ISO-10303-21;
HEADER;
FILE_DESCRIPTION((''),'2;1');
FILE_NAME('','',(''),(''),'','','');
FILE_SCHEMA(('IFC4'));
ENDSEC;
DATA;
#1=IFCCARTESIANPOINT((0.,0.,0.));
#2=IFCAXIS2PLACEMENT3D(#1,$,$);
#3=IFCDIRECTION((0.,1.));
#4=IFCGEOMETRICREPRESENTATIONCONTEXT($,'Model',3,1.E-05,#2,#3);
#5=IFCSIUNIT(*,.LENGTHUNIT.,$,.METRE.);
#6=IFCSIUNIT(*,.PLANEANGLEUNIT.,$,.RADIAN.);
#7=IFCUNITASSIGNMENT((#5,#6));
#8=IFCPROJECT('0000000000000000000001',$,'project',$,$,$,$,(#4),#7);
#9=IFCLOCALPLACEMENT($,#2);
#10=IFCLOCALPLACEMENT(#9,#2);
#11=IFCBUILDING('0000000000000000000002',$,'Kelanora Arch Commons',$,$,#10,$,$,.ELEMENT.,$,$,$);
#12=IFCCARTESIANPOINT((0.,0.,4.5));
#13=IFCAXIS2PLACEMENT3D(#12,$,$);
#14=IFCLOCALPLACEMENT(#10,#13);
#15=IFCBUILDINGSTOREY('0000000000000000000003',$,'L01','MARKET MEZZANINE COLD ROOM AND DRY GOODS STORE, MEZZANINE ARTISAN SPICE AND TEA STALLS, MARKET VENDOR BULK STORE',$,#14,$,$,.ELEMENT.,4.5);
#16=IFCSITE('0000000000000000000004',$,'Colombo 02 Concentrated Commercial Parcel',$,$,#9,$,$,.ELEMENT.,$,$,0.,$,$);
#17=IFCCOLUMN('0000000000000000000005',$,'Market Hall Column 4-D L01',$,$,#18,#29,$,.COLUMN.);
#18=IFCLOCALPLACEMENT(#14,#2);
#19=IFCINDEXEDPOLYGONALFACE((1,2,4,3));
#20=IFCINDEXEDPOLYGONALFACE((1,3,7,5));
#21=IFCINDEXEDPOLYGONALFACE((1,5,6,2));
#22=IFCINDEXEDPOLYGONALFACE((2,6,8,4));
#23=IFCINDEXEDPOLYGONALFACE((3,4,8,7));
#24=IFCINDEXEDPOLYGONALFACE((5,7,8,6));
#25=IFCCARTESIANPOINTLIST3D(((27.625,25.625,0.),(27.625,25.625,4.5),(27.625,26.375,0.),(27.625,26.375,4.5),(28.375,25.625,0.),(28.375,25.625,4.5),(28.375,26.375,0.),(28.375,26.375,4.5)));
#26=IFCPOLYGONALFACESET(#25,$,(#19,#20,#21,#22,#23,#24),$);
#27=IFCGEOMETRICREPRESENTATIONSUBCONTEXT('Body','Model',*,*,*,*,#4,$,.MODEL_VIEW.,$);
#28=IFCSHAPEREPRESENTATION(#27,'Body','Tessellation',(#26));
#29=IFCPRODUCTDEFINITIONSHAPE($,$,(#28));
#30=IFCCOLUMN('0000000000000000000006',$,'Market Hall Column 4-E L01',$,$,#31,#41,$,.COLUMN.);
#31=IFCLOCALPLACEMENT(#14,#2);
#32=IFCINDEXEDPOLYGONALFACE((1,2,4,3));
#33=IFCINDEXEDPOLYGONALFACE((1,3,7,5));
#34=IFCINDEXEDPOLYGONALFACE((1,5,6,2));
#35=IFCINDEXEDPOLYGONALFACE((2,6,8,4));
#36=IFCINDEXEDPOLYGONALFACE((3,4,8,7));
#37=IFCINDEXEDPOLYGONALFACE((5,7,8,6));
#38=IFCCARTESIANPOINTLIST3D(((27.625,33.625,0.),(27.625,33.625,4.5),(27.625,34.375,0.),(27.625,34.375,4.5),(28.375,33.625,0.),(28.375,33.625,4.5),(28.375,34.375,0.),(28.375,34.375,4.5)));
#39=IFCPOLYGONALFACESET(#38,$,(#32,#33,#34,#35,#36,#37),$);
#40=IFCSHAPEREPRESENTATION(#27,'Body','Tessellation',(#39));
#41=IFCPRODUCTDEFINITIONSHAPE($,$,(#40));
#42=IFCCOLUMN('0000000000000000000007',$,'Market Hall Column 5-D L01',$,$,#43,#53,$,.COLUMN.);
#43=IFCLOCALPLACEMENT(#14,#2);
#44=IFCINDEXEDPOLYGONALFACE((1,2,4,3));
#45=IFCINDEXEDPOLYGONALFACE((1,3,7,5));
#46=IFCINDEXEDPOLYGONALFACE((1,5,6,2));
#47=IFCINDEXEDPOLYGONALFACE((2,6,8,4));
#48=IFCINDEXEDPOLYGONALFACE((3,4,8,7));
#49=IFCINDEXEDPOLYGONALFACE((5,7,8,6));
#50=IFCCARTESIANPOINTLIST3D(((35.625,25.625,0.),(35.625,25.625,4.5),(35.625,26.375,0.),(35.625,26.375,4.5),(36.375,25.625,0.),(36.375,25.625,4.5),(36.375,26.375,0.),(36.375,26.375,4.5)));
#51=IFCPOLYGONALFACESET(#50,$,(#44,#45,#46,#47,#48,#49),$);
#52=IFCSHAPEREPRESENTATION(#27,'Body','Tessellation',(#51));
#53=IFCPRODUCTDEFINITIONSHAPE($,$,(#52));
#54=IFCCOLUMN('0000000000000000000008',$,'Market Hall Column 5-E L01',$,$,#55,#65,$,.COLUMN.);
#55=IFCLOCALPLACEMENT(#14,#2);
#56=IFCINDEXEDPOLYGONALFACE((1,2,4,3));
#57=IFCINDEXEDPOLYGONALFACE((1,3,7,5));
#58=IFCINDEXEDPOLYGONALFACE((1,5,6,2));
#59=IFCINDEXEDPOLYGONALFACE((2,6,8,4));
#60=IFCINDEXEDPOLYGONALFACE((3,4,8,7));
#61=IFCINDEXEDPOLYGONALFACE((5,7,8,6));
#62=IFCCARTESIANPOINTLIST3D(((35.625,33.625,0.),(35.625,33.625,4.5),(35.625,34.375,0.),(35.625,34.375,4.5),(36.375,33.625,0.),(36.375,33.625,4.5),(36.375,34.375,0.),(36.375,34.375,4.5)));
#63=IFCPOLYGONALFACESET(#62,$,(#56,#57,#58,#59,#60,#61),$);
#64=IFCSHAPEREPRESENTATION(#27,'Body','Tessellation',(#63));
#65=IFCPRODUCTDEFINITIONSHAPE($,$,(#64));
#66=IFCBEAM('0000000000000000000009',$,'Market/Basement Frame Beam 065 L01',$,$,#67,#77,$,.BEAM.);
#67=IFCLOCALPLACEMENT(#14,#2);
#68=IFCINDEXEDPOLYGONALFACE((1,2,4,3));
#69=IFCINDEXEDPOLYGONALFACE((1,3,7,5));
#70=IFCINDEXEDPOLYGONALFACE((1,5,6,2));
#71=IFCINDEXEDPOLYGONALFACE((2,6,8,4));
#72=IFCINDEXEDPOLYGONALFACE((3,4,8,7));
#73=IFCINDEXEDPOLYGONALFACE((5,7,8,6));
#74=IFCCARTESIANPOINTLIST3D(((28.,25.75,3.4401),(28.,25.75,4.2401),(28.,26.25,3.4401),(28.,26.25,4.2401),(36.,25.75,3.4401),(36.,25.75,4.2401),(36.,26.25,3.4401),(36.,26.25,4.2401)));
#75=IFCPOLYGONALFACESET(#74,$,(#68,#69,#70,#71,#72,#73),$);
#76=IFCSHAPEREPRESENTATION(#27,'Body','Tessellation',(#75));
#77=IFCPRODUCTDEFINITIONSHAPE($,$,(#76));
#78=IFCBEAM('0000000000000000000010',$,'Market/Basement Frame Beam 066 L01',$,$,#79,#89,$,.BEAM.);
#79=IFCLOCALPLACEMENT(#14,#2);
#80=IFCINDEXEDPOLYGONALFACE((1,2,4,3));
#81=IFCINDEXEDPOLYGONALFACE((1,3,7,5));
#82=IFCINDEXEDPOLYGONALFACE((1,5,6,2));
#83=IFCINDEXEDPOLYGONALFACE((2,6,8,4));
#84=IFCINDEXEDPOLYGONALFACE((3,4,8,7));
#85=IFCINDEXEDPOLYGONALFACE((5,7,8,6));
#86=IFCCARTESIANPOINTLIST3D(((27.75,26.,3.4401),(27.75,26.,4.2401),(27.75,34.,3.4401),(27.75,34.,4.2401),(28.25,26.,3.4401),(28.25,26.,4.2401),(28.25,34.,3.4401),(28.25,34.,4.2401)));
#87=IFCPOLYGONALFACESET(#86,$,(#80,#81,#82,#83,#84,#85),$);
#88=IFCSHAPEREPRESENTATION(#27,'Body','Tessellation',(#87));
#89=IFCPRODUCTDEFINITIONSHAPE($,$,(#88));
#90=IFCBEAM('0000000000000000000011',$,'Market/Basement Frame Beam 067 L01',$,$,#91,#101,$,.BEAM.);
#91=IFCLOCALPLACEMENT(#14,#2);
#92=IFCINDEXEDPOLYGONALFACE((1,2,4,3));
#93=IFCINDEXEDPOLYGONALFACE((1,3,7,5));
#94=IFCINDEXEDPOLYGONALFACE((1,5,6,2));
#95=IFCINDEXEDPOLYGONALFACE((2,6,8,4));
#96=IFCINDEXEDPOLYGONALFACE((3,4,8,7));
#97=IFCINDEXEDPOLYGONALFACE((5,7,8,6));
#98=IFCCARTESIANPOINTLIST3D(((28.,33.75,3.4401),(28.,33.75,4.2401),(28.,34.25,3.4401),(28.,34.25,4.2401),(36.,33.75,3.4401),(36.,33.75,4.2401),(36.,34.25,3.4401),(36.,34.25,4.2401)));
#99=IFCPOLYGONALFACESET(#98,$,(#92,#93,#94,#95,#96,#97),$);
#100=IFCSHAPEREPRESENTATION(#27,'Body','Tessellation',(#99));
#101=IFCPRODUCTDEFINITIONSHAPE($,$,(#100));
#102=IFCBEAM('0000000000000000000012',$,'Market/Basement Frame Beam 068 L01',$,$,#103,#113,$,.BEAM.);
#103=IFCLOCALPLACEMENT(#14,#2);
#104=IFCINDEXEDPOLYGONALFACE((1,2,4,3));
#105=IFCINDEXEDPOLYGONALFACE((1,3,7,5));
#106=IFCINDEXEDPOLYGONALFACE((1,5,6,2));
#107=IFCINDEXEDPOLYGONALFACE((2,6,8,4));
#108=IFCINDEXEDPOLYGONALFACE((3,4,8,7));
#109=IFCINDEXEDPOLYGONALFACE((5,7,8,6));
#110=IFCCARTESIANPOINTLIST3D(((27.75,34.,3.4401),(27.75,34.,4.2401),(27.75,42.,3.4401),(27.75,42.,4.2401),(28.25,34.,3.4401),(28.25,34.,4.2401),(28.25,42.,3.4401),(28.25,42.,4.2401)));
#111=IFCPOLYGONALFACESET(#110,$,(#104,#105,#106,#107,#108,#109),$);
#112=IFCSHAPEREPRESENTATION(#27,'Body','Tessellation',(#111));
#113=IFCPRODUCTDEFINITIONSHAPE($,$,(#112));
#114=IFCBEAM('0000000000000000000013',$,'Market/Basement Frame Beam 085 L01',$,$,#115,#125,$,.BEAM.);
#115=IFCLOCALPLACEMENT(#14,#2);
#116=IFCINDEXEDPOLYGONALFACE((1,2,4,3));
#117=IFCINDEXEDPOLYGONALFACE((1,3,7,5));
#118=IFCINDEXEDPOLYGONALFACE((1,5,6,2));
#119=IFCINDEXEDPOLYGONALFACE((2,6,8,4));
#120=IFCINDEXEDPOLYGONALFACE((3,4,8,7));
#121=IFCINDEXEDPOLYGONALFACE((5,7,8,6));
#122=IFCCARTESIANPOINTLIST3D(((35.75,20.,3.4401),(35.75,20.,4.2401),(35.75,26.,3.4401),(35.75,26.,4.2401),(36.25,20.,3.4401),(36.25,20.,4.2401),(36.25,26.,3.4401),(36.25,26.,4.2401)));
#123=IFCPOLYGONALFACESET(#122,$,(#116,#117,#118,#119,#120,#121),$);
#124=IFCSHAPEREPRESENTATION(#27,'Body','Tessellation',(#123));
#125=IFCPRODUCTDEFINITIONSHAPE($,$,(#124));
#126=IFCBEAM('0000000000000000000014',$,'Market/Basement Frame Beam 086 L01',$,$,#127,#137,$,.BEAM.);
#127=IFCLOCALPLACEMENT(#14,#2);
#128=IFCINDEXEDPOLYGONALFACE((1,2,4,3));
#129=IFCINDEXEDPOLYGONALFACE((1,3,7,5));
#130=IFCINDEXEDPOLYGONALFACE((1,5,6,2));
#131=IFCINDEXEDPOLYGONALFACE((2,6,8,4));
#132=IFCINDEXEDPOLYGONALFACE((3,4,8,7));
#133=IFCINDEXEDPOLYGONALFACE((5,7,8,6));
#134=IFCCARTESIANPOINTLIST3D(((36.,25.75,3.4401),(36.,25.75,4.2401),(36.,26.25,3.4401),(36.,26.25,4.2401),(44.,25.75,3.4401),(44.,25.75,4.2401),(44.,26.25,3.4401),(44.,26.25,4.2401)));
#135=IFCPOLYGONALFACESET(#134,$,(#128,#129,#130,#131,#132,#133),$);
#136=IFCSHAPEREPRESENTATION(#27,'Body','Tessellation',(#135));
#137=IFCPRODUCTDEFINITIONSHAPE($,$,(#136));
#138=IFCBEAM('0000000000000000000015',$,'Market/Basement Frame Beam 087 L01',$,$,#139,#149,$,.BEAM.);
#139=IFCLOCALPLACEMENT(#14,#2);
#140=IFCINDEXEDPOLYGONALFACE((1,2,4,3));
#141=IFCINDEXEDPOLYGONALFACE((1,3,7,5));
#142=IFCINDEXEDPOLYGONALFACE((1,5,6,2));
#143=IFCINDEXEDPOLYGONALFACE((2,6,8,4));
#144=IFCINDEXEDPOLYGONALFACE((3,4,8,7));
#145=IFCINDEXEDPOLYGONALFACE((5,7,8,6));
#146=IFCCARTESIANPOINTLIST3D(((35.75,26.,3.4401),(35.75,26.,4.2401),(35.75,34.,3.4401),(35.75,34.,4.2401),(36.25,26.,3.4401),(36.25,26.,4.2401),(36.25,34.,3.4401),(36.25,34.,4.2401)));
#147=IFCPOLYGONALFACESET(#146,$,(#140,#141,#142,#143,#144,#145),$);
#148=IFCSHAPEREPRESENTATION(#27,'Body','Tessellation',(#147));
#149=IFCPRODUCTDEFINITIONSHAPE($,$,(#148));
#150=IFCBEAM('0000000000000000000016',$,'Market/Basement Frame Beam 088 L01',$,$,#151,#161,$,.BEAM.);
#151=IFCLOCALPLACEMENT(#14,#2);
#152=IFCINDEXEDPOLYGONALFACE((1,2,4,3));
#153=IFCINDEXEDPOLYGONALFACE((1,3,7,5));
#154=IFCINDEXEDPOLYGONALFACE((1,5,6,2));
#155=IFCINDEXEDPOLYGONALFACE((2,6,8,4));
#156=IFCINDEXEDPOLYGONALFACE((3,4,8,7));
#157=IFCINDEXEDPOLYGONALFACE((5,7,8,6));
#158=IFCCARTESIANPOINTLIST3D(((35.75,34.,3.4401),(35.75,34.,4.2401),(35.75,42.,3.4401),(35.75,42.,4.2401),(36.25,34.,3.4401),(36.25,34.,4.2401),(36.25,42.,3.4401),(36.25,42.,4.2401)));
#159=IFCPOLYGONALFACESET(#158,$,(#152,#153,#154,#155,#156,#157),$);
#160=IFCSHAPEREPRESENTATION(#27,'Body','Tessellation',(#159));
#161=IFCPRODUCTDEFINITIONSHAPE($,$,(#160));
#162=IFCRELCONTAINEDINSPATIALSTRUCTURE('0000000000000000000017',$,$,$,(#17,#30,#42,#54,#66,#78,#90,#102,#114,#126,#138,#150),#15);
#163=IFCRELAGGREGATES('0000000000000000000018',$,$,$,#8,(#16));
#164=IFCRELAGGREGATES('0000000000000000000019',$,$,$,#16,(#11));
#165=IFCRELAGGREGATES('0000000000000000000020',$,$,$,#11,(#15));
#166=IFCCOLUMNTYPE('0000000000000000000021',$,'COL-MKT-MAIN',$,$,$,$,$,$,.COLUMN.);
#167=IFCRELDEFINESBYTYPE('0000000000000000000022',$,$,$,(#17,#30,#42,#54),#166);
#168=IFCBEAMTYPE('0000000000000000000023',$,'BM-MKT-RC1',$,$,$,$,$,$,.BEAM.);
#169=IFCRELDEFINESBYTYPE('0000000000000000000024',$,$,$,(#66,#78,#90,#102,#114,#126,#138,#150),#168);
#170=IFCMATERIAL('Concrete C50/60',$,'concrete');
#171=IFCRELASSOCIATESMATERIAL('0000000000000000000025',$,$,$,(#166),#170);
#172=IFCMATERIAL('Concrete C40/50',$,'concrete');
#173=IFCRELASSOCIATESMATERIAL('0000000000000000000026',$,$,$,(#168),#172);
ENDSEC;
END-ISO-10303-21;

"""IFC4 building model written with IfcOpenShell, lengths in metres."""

from ifc_helpers import new_model, si_unit, direction, frame, origin, origin_2d, place, context, subcontext, project, spatial, rectangle, extrude, material, material_profile, profile_set, type_object, element, save


model = new_model("IFC4")

# Units and contexts
model_context = context("Model", 3, precision=1e-05, world=origin(), true_north=direction((0.0, 1.0)))
body_context = subcontext(model_context, "Body", "Model", "MODEL_VIEW")
ifc_project = project(units=[si_unit("LENGTHUNIT", "METRE"), si_unit("PLANEANGLEUNIT", "RADIAN")], contexts=[model_context])

# Site, building, storey
site_placement = place(None, origin())
site = spatial("IfcSite", under=ifc_project, at=site_placement, Name="Colombo 02 Concentrated Commercial Parcel", CompositionType="ELEMENT", RefElevation=0.0)
building_placement = place(site_placement, origin())
building = spatial("IfcBuilding", under=site, at=building_placement, Name="Kelanora Arch Commons", CompositionType="ELEMENT")
storey_placement = place(building_placement, frame((0.0, 0.0, 4.5)))
storey = spatial("IfcBuildingStorey", under=building, at=storey_placement, Name="L01", Description="MARKET MEZZANINE COLD ROOM AND DRY GOODS STORE, MEZZANINE ARTISAN SPICE AND TEA STALLS, MARKET VENDOR BULK STORE", CompositionType="ELEMENT", Elevation=4.5)

# Columns
ifc_material_1 = material(Name="Concrete C50/60", Category="concrete")
ifc_material_profile_1 = material_profile(ifc_material_1, rectangle(XDim=0.75, YDim=0.75, at=origin_2d()), Name="RC750x750")
ifc_profile_set_1 = profile_set([ifc_material_profile_1], Name="Concrete C50/60")
column_type = type_object("IfcColumnType", Name="COL-MKT-MAIN", PredefinedType="COLUMN", material=ifc_profile_set_1)
for number, where, z_axis, x_axis, name in (
    (1, (28.0, 26.0, 0.0), (0.0, 0.0, 1.0), (1.0, 0.0, 0.0), "Market Hall Column 4-D L01"),
    (2, (28.0, 34.0, 0.0), (0.0, 0.0, 1.0), (1.0, 0.0, 0.0), "Market Hall Column 4-E L01"),
    (3, (36.0, 26.0, 0.0), (0.0, 0.0, 1.0), (1.0, 0.0, 0.0), "Market Hall Column 5-D L01"),
    (4, (36.0, 34.0, 0.0), (0.0, 0.0, 1.0), (1.0, 0.0, 0.0), "Market Hall Column 5-E L01"),
):
    element("IfcColumn", number, at=place(storey_placement, frame(where, z_axis=z_axis, x_axis=x_axis)), inside=storey, type_object=column_type, Name=name, PredefinedType="COLUMN", context=body_context, shape_type="SweptSolid", body=[
        extrude(rectangle(XDim=0.75, YDim=0.75, at=origin_2d()), origin(), (0.0, 0.0, 1.0), 4.5),
    ])

# Beams
ifc_material_2 = material(Name="Concrete C40/50", Category="concrete")
ifc_material_profile_2 = material_profile(ifc_material_2, rectangle(XDim=0.5, YDim=0.8, at=origin_2d()), Name="RCB500x800")
ifc_profile_set_2 = profile_set([ifc_material_profile_2], Name="Concrete C40/50")
beam_type = type_object("IfcBeamType", Name="BM-MKT-RC1", PredefinedType="BEAM", material=ifc_profile_set_2)
for number, where, z_axis, x_axis, name in (
    (5, (28.0, 26.0, 3.8401), (1.0, 0.0, 0.0), (0.0, 1.0, 0.0), "Market/Basement Frame Beam 065 L01"),
    (6, (28.0, 26.0, 3.8401), (0.0, 1.0, 0.0), (-1.0, 0.0, 0.0), "Market/Basement Frame Beam 066 L01"),
    (7, (28.0, 34.0, 3.8401), (1.0, 0.0, 0.0), (0.0, 1.0, 0.0), "Market/Basement Frame Beam 067 L01"),
    (8, (28.0, 34.0, 3.8401), (0.0, 1.0, 0.0), (-1.0, 0.0, 0.0), "Market/Basement Frame Beam 068 L01"),
):
    element("IfcBeam", number, at=place(storey_placement, frame(where, z_axis=z_axis, x_axis=x_axis)), inside=storey, type_object=beam_type, Name=name, PredefinedType="BEAM", context=body_context, shape_type="SweptSolid", body=[
        extrude(rectangle(XDim=0.5, YDim=0.8, at=origin_2d()), origin(), (0.0, 0.0, 1.0), 8.0),
    ])
beam_placement = place(storey_placement, frame((36.0, 20.0, 3.8401), z_axis=(0.0, 1.0, 0.0), x_axis=(-1.0, 0.0, 0.0)))
element("IfcBeam", 9, at=beam_placement, inside=storey, type_object=beam_type, Name="Market/Basement Frame Beam 085 L01", PredefinedType="BEAM", context=body_context, shape_type="SweptSolid", body=[
    extrude(rectangle(XDim=0.5, YDim=0.8, at=origin_2d()), origin(), (0.0, 0.0, 1.0), 6.0),
])
for number, where, z_axis, x_axis, name in (
    (10, (36.0, 26.0, 3.8401), (1.0, 0.0, 0.0), (0.0, 1.0, 0.0), "Market/Basement Frame Beam 086 L01"),
    (11, (36.0, 26.0, 3.8401), (0.0, 1.0, 0.0), (-1.0, 0.0, 0.0), "Market/Basement Frame Beam 087 L01"),
    (12, (36.0, 34.0, 3.8401), (0.0, 1.0, 0.0), (-1.0, 0.0, 0.0), "Market/Basement Frame Beam 088 L01"),
):
    element("IfcBeam", number, at=place(storey_placement, frame(where, z_axis=z_axis, x_axis=x_axis)), inside=storey, type_object=beam_type, Name=name, PredefinedType="BEAM", context=body_context, shape_type="SweptSolid", body=[
        extrude(rectangle(XDim=0.5, YDim=0.8, at=origin_2d()), origin(), (0.0, 0.0, 1.0), 8.0),
    ])

save(model, "model.ifc")
